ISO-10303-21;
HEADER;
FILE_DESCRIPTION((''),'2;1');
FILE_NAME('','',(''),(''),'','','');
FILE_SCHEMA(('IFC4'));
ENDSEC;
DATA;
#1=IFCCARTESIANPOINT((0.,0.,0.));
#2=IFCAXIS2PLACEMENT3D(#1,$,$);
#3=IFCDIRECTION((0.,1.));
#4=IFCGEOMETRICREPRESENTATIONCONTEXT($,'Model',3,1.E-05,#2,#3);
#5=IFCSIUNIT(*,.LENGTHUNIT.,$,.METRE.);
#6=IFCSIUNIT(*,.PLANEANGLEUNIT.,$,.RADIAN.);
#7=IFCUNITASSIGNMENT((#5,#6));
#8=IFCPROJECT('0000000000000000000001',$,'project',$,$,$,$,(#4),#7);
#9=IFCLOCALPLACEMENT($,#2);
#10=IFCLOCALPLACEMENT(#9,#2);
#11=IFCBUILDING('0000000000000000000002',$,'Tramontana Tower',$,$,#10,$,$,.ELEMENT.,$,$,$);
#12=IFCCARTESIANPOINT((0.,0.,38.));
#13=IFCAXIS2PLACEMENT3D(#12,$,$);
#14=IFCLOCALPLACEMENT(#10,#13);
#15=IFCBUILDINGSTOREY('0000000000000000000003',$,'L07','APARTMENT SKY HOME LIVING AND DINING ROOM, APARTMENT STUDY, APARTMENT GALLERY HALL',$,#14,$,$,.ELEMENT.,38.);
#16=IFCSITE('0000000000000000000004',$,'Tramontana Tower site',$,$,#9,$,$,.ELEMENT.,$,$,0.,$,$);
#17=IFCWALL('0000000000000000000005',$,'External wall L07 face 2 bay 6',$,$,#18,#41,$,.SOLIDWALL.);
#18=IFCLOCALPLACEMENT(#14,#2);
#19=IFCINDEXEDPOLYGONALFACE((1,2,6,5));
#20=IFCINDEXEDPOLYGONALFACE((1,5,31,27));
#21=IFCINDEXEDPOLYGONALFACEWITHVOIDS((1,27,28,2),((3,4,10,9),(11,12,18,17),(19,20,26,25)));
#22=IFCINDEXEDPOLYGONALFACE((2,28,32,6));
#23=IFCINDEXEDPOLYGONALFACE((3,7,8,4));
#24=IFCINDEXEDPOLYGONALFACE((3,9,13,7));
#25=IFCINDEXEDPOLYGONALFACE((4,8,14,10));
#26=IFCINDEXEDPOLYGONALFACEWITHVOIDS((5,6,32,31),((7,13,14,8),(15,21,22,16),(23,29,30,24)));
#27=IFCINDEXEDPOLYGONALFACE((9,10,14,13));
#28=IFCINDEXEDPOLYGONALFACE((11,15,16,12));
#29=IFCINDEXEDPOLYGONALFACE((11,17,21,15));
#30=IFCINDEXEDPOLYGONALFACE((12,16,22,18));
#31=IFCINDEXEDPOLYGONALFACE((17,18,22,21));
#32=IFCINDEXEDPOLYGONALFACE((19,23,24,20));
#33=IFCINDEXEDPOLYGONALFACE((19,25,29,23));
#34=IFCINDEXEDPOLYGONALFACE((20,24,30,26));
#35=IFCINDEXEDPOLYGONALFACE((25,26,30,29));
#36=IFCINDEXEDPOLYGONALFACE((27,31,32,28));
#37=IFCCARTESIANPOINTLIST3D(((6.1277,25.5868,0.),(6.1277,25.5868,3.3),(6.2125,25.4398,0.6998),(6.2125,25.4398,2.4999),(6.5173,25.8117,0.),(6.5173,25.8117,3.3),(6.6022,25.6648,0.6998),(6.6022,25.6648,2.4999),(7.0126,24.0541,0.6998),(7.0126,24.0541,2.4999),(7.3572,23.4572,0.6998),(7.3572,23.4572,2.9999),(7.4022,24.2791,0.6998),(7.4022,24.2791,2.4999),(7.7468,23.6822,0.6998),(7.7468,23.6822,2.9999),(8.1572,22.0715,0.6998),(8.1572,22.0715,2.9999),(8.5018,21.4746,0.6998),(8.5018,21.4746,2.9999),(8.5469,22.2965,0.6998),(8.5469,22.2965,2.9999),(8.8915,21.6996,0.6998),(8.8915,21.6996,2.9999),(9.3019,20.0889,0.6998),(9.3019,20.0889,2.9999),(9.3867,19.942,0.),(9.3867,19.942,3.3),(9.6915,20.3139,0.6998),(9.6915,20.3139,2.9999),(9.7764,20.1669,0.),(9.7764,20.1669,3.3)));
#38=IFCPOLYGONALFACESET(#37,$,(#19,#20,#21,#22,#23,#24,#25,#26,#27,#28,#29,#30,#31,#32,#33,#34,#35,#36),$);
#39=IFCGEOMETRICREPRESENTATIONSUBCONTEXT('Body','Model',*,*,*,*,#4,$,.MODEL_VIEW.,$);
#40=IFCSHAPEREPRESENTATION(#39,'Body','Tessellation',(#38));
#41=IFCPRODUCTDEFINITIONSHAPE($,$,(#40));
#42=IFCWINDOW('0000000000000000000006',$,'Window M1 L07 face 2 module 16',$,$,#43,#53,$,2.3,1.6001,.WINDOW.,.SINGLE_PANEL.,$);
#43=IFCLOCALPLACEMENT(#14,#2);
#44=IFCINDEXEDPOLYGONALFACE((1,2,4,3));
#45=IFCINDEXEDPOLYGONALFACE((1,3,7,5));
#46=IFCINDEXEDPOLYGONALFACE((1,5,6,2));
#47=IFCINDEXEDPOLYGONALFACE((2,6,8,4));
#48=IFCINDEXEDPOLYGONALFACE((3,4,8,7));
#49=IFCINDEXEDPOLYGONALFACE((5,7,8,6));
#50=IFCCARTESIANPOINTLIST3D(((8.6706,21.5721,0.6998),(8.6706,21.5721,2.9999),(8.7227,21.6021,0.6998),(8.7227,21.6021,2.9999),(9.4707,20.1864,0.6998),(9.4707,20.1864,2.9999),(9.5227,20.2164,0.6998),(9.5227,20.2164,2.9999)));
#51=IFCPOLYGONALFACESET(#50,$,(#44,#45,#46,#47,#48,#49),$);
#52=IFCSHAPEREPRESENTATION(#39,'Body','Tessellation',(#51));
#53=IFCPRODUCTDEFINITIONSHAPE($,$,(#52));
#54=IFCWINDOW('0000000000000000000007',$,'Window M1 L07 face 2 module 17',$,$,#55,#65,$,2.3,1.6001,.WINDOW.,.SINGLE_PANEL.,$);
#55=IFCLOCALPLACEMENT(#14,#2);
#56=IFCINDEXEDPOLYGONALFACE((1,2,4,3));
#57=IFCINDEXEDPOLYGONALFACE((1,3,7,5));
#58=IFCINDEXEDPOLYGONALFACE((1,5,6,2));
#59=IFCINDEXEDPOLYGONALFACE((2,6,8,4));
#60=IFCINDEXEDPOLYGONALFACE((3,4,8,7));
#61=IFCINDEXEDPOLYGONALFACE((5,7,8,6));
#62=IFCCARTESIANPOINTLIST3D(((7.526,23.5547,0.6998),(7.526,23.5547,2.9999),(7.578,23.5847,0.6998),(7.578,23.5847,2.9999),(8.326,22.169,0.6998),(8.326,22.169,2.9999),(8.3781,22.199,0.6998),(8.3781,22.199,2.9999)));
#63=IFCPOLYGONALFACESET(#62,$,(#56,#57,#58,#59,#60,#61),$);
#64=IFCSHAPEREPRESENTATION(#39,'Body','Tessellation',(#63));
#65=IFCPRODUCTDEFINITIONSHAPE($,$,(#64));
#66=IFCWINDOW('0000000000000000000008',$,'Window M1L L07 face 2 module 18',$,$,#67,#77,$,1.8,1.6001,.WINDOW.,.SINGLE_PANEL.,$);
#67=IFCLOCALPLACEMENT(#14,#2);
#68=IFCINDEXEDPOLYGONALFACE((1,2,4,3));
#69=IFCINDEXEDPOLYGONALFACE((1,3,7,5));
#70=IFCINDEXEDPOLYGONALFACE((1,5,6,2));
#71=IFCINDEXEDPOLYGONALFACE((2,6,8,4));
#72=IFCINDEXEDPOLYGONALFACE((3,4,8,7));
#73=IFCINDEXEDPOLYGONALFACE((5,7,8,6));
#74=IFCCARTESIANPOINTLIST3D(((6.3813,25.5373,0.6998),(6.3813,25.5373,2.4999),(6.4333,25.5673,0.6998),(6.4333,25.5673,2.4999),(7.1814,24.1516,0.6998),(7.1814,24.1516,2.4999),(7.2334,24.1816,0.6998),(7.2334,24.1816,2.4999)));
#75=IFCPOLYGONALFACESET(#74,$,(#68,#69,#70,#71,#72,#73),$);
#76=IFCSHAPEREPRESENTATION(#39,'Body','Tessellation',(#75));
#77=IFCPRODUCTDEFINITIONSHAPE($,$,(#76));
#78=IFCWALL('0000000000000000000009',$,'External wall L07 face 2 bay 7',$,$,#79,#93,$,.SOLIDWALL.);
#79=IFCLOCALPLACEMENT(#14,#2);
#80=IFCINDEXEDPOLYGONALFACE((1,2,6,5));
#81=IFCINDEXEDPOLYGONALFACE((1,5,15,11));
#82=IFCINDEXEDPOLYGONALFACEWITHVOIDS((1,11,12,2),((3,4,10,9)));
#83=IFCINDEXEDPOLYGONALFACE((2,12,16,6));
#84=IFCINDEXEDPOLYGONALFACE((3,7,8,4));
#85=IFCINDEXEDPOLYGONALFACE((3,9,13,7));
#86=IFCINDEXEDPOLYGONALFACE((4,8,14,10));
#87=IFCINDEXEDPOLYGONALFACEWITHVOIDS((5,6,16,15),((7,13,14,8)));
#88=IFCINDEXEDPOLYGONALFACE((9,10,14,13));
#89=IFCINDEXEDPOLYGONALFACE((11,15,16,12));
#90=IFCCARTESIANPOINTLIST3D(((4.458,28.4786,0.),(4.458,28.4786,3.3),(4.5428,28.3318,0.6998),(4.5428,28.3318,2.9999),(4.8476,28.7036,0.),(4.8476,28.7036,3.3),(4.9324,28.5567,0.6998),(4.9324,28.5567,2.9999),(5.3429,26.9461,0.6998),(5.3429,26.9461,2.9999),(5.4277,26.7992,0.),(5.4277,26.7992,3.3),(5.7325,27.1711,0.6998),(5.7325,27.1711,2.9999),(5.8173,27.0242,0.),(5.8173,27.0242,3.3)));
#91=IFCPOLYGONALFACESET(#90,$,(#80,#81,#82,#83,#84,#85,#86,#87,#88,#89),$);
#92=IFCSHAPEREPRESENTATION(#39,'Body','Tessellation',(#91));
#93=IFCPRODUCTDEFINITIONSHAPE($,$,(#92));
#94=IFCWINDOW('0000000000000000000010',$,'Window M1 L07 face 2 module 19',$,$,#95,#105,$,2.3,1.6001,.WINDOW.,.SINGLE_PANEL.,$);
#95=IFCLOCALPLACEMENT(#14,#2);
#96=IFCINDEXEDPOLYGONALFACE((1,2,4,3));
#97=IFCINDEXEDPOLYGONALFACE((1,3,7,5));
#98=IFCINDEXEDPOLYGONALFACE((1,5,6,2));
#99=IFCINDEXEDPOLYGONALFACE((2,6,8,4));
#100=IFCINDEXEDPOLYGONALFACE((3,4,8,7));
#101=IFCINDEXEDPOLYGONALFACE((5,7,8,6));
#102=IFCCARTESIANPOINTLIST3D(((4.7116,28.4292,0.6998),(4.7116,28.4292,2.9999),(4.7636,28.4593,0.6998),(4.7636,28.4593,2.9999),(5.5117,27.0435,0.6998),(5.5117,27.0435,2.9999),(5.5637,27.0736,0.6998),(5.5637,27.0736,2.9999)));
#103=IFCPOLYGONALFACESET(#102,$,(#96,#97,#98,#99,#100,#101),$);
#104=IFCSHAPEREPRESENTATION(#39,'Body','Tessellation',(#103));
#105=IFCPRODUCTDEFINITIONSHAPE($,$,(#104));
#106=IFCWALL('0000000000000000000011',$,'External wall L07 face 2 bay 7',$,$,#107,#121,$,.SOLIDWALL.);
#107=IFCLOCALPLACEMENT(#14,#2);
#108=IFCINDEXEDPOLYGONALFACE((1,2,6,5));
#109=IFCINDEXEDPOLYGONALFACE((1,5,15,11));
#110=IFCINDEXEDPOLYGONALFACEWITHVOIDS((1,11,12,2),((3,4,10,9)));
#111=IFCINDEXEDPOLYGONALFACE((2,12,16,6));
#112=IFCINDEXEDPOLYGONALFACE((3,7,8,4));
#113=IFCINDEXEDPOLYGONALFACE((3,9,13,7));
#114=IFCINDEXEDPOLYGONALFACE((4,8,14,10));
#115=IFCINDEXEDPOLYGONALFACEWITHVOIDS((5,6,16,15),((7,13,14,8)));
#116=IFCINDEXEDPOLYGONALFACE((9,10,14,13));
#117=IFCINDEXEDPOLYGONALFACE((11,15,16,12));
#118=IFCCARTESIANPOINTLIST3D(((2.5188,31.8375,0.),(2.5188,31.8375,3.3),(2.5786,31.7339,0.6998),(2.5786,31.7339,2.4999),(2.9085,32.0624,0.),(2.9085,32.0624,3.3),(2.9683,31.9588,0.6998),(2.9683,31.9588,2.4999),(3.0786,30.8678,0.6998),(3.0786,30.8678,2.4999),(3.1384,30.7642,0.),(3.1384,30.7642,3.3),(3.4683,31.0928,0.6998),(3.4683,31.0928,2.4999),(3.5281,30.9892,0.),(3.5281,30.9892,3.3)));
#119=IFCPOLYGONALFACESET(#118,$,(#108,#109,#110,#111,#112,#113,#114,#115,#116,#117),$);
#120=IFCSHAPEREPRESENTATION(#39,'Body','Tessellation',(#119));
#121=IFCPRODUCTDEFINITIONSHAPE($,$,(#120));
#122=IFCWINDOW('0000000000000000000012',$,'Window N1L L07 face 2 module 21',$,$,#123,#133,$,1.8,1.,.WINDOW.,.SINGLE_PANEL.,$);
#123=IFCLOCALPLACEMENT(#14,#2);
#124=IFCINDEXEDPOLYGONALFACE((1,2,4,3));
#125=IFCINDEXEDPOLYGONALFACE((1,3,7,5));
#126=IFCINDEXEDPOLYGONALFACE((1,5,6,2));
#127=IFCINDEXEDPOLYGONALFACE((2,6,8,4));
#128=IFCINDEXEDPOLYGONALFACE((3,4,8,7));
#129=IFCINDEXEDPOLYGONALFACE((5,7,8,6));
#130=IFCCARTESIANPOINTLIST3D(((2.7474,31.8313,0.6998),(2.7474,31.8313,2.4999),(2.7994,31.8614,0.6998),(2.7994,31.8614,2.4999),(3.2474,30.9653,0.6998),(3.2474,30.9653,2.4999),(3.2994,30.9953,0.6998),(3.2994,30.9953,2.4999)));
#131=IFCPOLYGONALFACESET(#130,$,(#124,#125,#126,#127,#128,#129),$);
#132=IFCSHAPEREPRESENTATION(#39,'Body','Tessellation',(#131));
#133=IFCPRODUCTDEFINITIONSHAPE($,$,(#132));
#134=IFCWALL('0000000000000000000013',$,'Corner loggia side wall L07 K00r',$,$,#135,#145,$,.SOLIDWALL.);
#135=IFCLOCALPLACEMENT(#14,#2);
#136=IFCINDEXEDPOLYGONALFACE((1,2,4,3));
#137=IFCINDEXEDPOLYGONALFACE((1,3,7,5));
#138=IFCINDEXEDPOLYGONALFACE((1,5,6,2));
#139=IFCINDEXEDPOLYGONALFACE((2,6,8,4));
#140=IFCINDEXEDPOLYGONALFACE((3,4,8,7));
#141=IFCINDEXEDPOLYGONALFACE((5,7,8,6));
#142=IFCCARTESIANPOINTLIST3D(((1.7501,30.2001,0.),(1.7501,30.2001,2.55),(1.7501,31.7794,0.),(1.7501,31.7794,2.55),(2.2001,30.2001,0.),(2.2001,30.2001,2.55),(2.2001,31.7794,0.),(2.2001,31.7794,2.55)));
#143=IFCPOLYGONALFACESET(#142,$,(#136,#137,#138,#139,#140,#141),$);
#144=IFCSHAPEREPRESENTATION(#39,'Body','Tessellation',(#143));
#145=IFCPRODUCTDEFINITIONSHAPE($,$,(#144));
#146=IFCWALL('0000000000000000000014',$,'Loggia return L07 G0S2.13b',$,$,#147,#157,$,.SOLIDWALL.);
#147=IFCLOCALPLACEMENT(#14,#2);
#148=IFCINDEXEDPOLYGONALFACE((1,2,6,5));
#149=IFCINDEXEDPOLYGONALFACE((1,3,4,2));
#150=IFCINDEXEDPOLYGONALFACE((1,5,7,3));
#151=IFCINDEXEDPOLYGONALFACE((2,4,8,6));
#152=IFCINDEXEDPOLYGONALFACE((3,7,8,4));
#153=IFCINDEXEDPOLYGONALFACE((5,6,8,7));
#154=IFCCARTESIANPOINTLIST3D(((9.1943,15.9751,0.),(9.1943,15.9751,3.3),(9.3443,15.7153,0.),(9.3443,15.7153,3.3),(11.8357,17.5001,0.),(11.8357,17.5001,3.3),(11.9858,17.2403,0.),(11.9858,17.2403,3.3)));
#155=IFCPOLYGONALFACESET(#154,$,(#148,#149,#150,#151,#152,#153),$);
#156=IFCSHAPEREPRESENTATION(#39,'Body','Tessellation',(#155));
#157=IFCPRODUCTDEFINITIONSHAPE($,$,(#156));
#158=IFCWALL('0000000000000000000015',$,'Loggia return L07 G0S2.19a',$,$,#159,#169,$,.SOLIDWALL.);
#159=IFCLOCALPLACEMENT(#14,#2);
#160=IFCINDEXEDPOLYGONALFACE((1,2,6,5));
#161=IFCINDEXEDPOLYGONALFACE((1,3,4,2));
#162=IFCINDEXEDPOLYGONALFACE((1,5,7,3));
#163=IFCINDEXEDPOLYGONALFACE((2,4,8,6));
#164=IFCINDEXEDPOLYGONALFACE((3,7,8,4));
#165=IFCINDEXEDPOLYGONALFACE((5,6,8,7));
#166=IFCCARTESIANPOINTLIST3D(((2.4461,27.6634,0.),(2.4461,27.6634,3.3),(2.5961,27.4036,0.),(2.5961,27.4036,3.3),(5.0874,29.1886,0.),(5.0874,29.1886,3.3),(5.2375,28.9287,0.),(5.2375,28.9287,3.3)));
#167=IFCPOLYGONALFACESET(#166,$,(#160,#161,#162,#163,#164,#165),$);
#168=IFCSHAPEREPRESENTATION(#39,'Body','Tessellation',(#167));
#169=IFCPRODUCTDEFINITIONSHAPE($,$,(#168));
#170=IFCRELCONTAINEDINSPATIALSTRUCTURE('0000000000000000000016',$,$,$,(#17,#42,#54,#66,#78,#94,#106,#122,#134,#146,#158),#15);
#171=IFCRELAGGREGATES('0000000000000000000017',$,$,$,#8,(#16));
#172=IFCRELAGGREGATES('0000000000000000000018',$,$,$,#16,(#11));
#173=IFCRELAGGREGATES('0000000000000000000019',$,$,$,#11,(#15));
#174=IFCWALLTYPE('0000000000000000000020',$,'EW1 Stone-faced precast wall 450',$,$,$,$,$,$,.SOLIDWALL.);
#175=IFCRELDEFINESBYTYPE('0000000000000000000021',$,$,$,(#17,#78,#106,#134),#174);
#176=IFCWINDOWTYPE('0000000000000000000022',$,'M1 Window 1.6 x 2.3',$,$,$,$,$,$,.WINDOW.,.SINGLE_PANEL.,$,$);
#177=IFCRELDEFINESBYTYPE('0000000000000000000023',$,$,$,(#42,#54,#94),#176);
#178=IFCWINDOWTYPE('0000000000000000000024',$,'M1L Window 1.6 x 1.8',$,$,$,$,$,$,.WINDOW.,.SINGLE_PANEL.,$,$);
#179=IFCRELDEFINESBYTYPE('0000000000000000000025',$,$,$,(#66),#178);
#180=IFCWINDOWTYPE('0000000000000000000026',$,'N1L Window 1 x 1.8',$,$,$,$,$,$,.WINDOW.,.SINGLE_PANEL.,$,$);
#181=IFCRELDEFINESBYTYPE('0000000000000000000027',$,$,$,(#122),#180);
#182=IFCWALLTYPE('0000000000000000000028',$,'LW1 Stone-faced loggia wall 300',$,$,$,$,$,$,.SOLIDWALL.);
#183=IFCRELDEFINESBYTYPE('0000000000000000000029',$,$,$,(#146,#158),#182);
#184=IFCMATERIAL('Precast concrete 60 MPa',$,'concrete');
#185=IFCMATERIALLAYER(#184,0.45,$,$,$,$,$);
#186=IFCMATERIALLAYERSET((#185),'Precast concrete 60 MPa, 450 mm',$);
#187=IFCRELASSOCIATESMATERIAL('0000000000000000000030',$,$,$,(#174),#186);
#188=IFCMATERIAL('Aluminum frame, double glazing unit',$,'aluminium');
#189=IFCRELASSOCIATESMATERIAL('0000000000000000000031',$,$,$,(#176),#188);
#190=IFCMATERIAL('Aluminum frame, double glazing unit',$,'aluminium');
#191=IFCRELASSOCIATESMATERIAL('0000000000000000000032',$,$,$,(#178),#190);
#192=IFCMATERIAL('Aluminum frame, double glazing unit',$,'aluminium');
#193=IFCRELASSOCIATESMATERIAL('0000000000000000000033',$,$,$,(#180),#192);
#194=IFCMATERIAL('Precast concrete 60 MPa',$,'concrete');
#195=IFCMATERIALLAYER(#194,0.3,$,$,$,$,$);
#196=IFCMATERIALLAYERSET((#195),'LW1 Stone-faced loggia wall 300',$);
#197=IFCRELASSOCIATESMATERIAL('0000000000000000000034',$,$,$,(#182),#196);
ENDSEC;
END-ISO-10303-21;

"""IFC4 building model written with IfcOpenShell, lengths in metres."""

from ifc_helpers import new_model, si_unit, direction, frame, frame_2d, origin, place, context, subcontext, project, spatial, rectangle, extrude, material, layer, layer_set, type_object, element, fill, save


model = new_model("IFC4")

# Units and contexts
model_context = context("Model", 3, precision=1e-05, world=origin(), true_north=direction((0.0, 1.0)))
body_context = subcontext(model_context, "Body", "Model", "MODEL_VIEW")
ifc_project = project(units=[si_unit("LENGTHUNIT", "METRE"), si_unit("PLANEANGLEUNIT", "RADIAN")], contexts=[model_context])

# Site, building, storey
site_placement = place(None, origin())
site = spatial("IfcSite", under=ifc_project, at=site_placement, Name="Tramontana Tower site", CompositionType="ELEMENT", RefElevation=0.0)
building_placement = place(site_placement, origin())
building = spatial("IfcBuilding", under=site, at=building_placement, Name="Tramontana Tower", CompositionType="ELEMENT")
storey_placement = place(building_placement, frame((0.0, 0.0, 38.0)))
storey = spatial("IfcBuildingStorey", under=building, at=storey_placement, Name="L07", Description="APARTMENT SKY HOME LIVING AND DINING ROOM, APARTMENT STUDY, APARTMENT GALLERY HALL", CompositionType="ELEMENT", Elevation=38.0)

# Wall, openings, windows
ifc_material_1 = material(Name="Precast concrete 60 MPa", Category="concrete")
ifc_layer_1 = layer(ifc_material_1, 0.45)
ifc_layer_set_1 = layer_set([ifc_layer_1], Name="Precast concrete 60 MPa, 450 mm")
wall_type_1 = type_object("IfcWallType", Name="EW1 Stone-faced precast wall 450", PredefinedType="SOLIDWALL", material=ifc_layer_set_1)
wall_1_placement = place(storey_placement, frame((9.5815, 20.0544, 0.0), z_axis=(0.0, 0.0, 1.0), x_axis=(-0.500002, 0.866024, 0.0)))
wall_1 = element("IfcWall", 1, at=wall_1_placement, inside=storey, type_object=wall_type_1, Name="External wall L07 face 2 bay 6", PredefinedType="SOLIDWALL", context=body_context, shape_type="SweptSolid", body=[
    extrude(rectangle(XDim=6.5181, YDim=0.45, at=frame_2d((3.259, 0.0))), origin(), (0.0, 0.0, 1.0), 3.3),
])
opening_1_placement = place(wall_1_placement, frame((0.1697, 0.0, 0.7)))
opening_1 = element("IfcOpeningElement", 2, at=opening_1_placement, cuts=wall_1, PredefinedType="OPENING", context=body_context, shape_type="SweptSolid", body=[
    extrude(rectangle(XDim=1.6001, YDim=2.3, at=frame_2d((0.8, 1.1499))), frame((0.0, 0.2349, 0.0), z_axis=(0.0, -1.0, 0.0), x_axis=(1.0, 0.0, 0.0)), (0.0, 0.0, 1.0), 0.47),
])
opening_2_placement = place(wall_1_placement, frame((2.459, 0.0, 0.7)))
opening_2 = element("IfcOpeningElement", 3, at=opening_2_placement, cuts=wall_1, PredefinedType="OPENING", context=body_context, shape_type="SweptSolid", body=[
    extrude(rectangle(XDim=1.6001, YDim=2.3, at=frame_2d((0.8, 1.1499))), frame((0.0, 0.2349, 0.0), z_axis=(0.0, -1.0, 0.0), x_axis=(1.0, 0.0, 0.0)), (0.0, 0.0, 1.0), 0.47),
])
opening_3_placement = place(wall_1_placement, frame((4.7483, 0.0, 0.7)))
opening_3 = element("IfcOpeningElement", 4, at=opening_3_placement, cuts=wall_1, PredefinedType="OPENING", context=body_context, shape_type="SweptSolid", body=[
    extrude(rectangle(XDim=1.6001, YDim=1.8, at=frame_2d((0.8, 0.8999))), frame((0.0, 0.2349, 0.0), z_axis=(0.0, -1.0, 0.0), x_axis=(1.0, 0.0, 0.0)), (0.0, 0.0, 1.0), 0.47),
])
ifc_material_2 = material(Name="Aluminum frame, double glazing unit", Category="aluminium")
window_type_1 = type_object("IfcWindowType", Name="M1 Window 1.6 x 2.3", PartitioningType="SINGLE_PANEL", PredefinedType="WINDOW", material=ifc_material_2)
window_1_placement = place(opening_1_placement, origin())
window_1 = element("IfcWindow", 5, at=window_1_placement, inside=storey, type_object=window_type_1, Name="Window M1 L07 face 2 module 16", OverallHeight=2.3, OverallWidth=1.6001, PartitioningType="SINGLE_PANEL", PredefinedType="WINDOW", context=body_context, shape_type="SweptSolid", body=[
    extrude(rectangle(XDim=1.6001, YDim=2.3, at=frame_2d((0.8, 1.1499))), frame((0.0, 0.03, 0.0), z_axis=(0.0, -1.0, 0.0), x_axis=(1.0, 0.0, 0.0)), (0.0, 0.0, 1.0), 0.0601),
])
fill(opening_1, window_1)
window_2_placement = place(opening_2_placement, origin())
window_2 = element("IfcWindow", 6, at=window_2_placement, inside=storey, type_object=window_type_1, Name="Window M1 L07 face 2 module 17", OverallHeight=2.3, OverallWidth=1.6001, PartitioningType="SINGLE_PANEL", PredefinedType="WINDOW", context=body_context, shape_type="SweptSolid", body=[
    extrude(rectangle(XDim=1.6001, YDim=2.3, at=frame_2d((0.8, 1.1499))), frame((0.0, 0.03, 0.0), z_axis=(0.0, -1.0, 0.0), x_axis=(1.0, 0.0, 0.0)), (0.0, 0.0, 1.0), 0.0601),
])
fill(opening_2, window_2)
ifc_material_3 = material(Name="Aluminum frame, double glazing unit", Category="aluminium")
window_type_2 = type_object("IfcWindowType", Name="M1L Window 1.6 x 1.8", PartitioningType="SINGLE_PANEL", PredefinedType="WINDOW", material=ifc_material_3)
window_3_placement = place(opening_3_placement, origin())
window_3 = element("IfcWindow", 7, at=window_3_placement, inside=storey, type_object=window_type_2, Name="Window M1L L07 face 2 module 18", OverallHeight=1.8, OverallWidth=1.6001, PartitioningType="SINGLE_PANEL", PredefinedType="WINDOW", context=body_context, shape_type="SweptSolid", body=[
    extrude(rectangle(XDim=1.6001, YDim=1.8, at=frame_2d((0.8, 0.8999))), frame((0.0, 0.03, 0.0), z_axis=(0.0, -1.0, 0.0), x_axis=(1.0, 0.0, 0.0)), (0.0, 0.0, 1.0), 0.0601),
])
fill(opening_3, window_3)

# Walls, openings, windows
wall_2_placement = place(storey_placement, frame((5.6226, 26.9116, 0.0), z_axis=(0.0, 0.0, 1.0), x_axis=(-0.500038, 0.866003, 0.0)))
wall_2 = element("IfcWall", 8, at=wall_2_placement, inside=storey, type_object=wall_type_1, Name="External wall L07 face 2 bay 7", PredefinedType="SOLIDWALL", context=body_context, shape_type="SweptSolid", body=[
    extrude(rectangle(XDim=1.9392, YDim=0.45, at=frame_2d((0.9697, 0.0))), origin(), (0.0, 0.0, 1.0), 3.3),
])
opening_4_placement = place(wall_2_placement, frame((0.1697, 0.0, 0.7)))
opening_4 = element("IfcOpeningElement", 9, at=opening_4_placement, cuts=wall_2, PredefinedType="OPENING", context=body_context, shape_type="SweptSolid", body=[
    extrude(rectangle(XDim=1.6001, YDim=2.3, at=frame_2d((0.8, 1.1499))), frame((0.0, 0.2349, 0.0), z_axis=(0.0, -1.0, 0.0), x_axis=(1.0, 0.0, 0.0)), (0.0, 0.0, 1.0), 0.47),
])
window_4_placement = place(opening_4_placement, origin())
window_4 = element("IfcWindow", 10, at=window_4_placement, inside=storey, type_object=window_type_1, Name="Window M1 L07 face 2 module 19", OverallHeight=2.3, OverallWidth=1.6001, PartitioningType="SINGLE_PANEL", PredefinedType="WINDOW", context=body_context, shape_type="SweptSolid", body=[
    extrude(rectangle(XDim=1.6001, YDim=2.3, at=frame_2d((0.8, 1.1499))), frame((0.0, 0.03, 0.0), z_axis=(0.0, -1.0, 0.0), x_axis=(1.0, 0.0, 0.0)), (0.0, 0.0, 1.0), 0.0601),
])
fill(opening_4, window_4)
wall_3_placement = place(storey_placement, frame((3.3333, 30.8767, 0.0), z_axis=(0.0, 0.0, 1.0), x_axis=(-0.499995, 0.866028, 0.0)))
wall_3 = element("IfcWall", 11, at=wall_3_placement, inside=storey, type_object=wall_type_1, Name="External wall L07 face 2 bay 7", PredefinedType="SOLIDWALL", context=body_context, shape_type="SweptSolid", body=[
    extrude(rectangle(XDim=1.2393, YDim=0.45, at=frame_2d((0.6196, 0.0))), origin(), (0.0, 0.0, 1.0), 3.3),
])
opening_5_placement = place(wall_3_placement, frame((0.1196, 0.0, 0.7)))
opening_5 = element("IfcOpeningElement", 12, at=opening_5_placement, cuts=wall_3, PredefinedType="OPENING", context=body_context, shape_type="SweptSolid", body=[
    extrude(rectangle(XDim=1.0, YDim=1.8, at=frame_2d((0.5, 0.8999))), frame((0.0, 0.2349, 0.0), z_axis=(0.0, -1.0, 0.0), x_axis=(1.0, 0.0, 0.0)), (0.0, 0.0, 1.0), 0.47),
])
ifc_material_4 = material(Name="Aluminum frame, double glazing unit", Category="aluminium")
window_type_3 = type_object("IfcWindowType", Name="N1L Window 1 x 1.8", PartitioningType="SINGLE_PANEL", PredefinedType="WINDOW", material=ifc_material_4)
window_5_placement = place(opening_5_placement, origin())
window_5 = element("IfcWindow", 13, at=window_5_placement, inside=storey, type_object=window_type_3, Name="Window N1L L07 face 2 module 21", OverallHeight=1.8, OverallWidth=1.0, PartitioningType="SINGLE_PANEL", PredefinedType="WINDOW", context=body_context, shape_type="SweptSolid", body=[
    extrude(rectangle(XDim=1.0, YDim=1.8, at=frame_2d((0.5, 0.8999))), frame((0.0, 0.03, 0.0), z_axis=(0.0, -1.0, 0.0), x_axis=(1.0, 0.0, 0.0)), (0.0, 0.0, 1.0), 0.0601),
])
fill(opening_5, window_5)

# Walls
wall_4_placement = place(storey_placement, frame((1.9751, 31.7793, 0.0), z_axis=(0.0, 0.0, 1.0), x_axis=(0.0, -1.0, 0.0)))
element("IfcWall", 14, at=wall_4_placement, inside=storey, type_object=wall_type_1, Name="Corner loggia side wall L07 K00r", PredefinedType="SOLIDWALL", context=body_context, shape_type="SweptSolid", body=[
    extrude(rectangle(XDim=1.5793, YDim=0.45, at=frame_2d((0.7896, 0.0))), origin(), (0.0, 0.0, 1.0), 2.55),
])
ifc_material_5 = material(Name="Precast concrete 60 MPa", Category="concrete")
ifc_layer_2 = layer(ifc_material_5, 0.3)
ifc_layer_set_2 = layer_set([ifc_layer_2], Name="LW1 Stone-faced loggia wall 300")
wall_type_2 = type_object("IfcWallType", Name="LW1 Stone-faced loggia wall 300", PredefinedType="SOLIDWALL", material=ifc_layer_set_2)
wall_5_placement = place(storey_placement, frame((11.9106, 17.3701, 0.0), z_axis=(0.0, 0.0, 1.0), x_axis=(-0.866038, -0.499979, 0.0)))
element("IfcWall", 15, at=wall_5_placement, inside=storey, type_object=wall_type_2, Name="Loggia return L07 G0S2.13b", PredefinedType="SOLIDWALL", context=body_context, shape_type="SweptSolid", body=[
    extrude(rectangle(XDim=3.05, YDim=0.3, at=frame_2d((1.5249, 0.0))), origin(), (0.0, 0.0, 1.0), 3.3),
])

# Wall
for number, where, z_axis, x_axis, name in (
    (16, (5.1624, 29.0586, 0.0), (0.0, 0.0, 1.0), (-0.866003, -0.500039, 0.0), "Loggia return L07 G0S2.19a"),
):
    element("IfcWall", number, at=place(storey_placement, frame(where, z_axis=z_axis, x_axis=x_axis)), inside=storey, type_object=wall_type_2, Name=name, PredefinedType="SOLIDWALL", context=body_context, shape_type="SweptSolid", body=[
        extrude(rectangle(XDim=3.05, YDim=0.3, at=frame_2d((1.5249, 0.0))), origin(), (0.0, 0.0, 1.0), 3.3),
    ])

save(model, "model.ifc")
